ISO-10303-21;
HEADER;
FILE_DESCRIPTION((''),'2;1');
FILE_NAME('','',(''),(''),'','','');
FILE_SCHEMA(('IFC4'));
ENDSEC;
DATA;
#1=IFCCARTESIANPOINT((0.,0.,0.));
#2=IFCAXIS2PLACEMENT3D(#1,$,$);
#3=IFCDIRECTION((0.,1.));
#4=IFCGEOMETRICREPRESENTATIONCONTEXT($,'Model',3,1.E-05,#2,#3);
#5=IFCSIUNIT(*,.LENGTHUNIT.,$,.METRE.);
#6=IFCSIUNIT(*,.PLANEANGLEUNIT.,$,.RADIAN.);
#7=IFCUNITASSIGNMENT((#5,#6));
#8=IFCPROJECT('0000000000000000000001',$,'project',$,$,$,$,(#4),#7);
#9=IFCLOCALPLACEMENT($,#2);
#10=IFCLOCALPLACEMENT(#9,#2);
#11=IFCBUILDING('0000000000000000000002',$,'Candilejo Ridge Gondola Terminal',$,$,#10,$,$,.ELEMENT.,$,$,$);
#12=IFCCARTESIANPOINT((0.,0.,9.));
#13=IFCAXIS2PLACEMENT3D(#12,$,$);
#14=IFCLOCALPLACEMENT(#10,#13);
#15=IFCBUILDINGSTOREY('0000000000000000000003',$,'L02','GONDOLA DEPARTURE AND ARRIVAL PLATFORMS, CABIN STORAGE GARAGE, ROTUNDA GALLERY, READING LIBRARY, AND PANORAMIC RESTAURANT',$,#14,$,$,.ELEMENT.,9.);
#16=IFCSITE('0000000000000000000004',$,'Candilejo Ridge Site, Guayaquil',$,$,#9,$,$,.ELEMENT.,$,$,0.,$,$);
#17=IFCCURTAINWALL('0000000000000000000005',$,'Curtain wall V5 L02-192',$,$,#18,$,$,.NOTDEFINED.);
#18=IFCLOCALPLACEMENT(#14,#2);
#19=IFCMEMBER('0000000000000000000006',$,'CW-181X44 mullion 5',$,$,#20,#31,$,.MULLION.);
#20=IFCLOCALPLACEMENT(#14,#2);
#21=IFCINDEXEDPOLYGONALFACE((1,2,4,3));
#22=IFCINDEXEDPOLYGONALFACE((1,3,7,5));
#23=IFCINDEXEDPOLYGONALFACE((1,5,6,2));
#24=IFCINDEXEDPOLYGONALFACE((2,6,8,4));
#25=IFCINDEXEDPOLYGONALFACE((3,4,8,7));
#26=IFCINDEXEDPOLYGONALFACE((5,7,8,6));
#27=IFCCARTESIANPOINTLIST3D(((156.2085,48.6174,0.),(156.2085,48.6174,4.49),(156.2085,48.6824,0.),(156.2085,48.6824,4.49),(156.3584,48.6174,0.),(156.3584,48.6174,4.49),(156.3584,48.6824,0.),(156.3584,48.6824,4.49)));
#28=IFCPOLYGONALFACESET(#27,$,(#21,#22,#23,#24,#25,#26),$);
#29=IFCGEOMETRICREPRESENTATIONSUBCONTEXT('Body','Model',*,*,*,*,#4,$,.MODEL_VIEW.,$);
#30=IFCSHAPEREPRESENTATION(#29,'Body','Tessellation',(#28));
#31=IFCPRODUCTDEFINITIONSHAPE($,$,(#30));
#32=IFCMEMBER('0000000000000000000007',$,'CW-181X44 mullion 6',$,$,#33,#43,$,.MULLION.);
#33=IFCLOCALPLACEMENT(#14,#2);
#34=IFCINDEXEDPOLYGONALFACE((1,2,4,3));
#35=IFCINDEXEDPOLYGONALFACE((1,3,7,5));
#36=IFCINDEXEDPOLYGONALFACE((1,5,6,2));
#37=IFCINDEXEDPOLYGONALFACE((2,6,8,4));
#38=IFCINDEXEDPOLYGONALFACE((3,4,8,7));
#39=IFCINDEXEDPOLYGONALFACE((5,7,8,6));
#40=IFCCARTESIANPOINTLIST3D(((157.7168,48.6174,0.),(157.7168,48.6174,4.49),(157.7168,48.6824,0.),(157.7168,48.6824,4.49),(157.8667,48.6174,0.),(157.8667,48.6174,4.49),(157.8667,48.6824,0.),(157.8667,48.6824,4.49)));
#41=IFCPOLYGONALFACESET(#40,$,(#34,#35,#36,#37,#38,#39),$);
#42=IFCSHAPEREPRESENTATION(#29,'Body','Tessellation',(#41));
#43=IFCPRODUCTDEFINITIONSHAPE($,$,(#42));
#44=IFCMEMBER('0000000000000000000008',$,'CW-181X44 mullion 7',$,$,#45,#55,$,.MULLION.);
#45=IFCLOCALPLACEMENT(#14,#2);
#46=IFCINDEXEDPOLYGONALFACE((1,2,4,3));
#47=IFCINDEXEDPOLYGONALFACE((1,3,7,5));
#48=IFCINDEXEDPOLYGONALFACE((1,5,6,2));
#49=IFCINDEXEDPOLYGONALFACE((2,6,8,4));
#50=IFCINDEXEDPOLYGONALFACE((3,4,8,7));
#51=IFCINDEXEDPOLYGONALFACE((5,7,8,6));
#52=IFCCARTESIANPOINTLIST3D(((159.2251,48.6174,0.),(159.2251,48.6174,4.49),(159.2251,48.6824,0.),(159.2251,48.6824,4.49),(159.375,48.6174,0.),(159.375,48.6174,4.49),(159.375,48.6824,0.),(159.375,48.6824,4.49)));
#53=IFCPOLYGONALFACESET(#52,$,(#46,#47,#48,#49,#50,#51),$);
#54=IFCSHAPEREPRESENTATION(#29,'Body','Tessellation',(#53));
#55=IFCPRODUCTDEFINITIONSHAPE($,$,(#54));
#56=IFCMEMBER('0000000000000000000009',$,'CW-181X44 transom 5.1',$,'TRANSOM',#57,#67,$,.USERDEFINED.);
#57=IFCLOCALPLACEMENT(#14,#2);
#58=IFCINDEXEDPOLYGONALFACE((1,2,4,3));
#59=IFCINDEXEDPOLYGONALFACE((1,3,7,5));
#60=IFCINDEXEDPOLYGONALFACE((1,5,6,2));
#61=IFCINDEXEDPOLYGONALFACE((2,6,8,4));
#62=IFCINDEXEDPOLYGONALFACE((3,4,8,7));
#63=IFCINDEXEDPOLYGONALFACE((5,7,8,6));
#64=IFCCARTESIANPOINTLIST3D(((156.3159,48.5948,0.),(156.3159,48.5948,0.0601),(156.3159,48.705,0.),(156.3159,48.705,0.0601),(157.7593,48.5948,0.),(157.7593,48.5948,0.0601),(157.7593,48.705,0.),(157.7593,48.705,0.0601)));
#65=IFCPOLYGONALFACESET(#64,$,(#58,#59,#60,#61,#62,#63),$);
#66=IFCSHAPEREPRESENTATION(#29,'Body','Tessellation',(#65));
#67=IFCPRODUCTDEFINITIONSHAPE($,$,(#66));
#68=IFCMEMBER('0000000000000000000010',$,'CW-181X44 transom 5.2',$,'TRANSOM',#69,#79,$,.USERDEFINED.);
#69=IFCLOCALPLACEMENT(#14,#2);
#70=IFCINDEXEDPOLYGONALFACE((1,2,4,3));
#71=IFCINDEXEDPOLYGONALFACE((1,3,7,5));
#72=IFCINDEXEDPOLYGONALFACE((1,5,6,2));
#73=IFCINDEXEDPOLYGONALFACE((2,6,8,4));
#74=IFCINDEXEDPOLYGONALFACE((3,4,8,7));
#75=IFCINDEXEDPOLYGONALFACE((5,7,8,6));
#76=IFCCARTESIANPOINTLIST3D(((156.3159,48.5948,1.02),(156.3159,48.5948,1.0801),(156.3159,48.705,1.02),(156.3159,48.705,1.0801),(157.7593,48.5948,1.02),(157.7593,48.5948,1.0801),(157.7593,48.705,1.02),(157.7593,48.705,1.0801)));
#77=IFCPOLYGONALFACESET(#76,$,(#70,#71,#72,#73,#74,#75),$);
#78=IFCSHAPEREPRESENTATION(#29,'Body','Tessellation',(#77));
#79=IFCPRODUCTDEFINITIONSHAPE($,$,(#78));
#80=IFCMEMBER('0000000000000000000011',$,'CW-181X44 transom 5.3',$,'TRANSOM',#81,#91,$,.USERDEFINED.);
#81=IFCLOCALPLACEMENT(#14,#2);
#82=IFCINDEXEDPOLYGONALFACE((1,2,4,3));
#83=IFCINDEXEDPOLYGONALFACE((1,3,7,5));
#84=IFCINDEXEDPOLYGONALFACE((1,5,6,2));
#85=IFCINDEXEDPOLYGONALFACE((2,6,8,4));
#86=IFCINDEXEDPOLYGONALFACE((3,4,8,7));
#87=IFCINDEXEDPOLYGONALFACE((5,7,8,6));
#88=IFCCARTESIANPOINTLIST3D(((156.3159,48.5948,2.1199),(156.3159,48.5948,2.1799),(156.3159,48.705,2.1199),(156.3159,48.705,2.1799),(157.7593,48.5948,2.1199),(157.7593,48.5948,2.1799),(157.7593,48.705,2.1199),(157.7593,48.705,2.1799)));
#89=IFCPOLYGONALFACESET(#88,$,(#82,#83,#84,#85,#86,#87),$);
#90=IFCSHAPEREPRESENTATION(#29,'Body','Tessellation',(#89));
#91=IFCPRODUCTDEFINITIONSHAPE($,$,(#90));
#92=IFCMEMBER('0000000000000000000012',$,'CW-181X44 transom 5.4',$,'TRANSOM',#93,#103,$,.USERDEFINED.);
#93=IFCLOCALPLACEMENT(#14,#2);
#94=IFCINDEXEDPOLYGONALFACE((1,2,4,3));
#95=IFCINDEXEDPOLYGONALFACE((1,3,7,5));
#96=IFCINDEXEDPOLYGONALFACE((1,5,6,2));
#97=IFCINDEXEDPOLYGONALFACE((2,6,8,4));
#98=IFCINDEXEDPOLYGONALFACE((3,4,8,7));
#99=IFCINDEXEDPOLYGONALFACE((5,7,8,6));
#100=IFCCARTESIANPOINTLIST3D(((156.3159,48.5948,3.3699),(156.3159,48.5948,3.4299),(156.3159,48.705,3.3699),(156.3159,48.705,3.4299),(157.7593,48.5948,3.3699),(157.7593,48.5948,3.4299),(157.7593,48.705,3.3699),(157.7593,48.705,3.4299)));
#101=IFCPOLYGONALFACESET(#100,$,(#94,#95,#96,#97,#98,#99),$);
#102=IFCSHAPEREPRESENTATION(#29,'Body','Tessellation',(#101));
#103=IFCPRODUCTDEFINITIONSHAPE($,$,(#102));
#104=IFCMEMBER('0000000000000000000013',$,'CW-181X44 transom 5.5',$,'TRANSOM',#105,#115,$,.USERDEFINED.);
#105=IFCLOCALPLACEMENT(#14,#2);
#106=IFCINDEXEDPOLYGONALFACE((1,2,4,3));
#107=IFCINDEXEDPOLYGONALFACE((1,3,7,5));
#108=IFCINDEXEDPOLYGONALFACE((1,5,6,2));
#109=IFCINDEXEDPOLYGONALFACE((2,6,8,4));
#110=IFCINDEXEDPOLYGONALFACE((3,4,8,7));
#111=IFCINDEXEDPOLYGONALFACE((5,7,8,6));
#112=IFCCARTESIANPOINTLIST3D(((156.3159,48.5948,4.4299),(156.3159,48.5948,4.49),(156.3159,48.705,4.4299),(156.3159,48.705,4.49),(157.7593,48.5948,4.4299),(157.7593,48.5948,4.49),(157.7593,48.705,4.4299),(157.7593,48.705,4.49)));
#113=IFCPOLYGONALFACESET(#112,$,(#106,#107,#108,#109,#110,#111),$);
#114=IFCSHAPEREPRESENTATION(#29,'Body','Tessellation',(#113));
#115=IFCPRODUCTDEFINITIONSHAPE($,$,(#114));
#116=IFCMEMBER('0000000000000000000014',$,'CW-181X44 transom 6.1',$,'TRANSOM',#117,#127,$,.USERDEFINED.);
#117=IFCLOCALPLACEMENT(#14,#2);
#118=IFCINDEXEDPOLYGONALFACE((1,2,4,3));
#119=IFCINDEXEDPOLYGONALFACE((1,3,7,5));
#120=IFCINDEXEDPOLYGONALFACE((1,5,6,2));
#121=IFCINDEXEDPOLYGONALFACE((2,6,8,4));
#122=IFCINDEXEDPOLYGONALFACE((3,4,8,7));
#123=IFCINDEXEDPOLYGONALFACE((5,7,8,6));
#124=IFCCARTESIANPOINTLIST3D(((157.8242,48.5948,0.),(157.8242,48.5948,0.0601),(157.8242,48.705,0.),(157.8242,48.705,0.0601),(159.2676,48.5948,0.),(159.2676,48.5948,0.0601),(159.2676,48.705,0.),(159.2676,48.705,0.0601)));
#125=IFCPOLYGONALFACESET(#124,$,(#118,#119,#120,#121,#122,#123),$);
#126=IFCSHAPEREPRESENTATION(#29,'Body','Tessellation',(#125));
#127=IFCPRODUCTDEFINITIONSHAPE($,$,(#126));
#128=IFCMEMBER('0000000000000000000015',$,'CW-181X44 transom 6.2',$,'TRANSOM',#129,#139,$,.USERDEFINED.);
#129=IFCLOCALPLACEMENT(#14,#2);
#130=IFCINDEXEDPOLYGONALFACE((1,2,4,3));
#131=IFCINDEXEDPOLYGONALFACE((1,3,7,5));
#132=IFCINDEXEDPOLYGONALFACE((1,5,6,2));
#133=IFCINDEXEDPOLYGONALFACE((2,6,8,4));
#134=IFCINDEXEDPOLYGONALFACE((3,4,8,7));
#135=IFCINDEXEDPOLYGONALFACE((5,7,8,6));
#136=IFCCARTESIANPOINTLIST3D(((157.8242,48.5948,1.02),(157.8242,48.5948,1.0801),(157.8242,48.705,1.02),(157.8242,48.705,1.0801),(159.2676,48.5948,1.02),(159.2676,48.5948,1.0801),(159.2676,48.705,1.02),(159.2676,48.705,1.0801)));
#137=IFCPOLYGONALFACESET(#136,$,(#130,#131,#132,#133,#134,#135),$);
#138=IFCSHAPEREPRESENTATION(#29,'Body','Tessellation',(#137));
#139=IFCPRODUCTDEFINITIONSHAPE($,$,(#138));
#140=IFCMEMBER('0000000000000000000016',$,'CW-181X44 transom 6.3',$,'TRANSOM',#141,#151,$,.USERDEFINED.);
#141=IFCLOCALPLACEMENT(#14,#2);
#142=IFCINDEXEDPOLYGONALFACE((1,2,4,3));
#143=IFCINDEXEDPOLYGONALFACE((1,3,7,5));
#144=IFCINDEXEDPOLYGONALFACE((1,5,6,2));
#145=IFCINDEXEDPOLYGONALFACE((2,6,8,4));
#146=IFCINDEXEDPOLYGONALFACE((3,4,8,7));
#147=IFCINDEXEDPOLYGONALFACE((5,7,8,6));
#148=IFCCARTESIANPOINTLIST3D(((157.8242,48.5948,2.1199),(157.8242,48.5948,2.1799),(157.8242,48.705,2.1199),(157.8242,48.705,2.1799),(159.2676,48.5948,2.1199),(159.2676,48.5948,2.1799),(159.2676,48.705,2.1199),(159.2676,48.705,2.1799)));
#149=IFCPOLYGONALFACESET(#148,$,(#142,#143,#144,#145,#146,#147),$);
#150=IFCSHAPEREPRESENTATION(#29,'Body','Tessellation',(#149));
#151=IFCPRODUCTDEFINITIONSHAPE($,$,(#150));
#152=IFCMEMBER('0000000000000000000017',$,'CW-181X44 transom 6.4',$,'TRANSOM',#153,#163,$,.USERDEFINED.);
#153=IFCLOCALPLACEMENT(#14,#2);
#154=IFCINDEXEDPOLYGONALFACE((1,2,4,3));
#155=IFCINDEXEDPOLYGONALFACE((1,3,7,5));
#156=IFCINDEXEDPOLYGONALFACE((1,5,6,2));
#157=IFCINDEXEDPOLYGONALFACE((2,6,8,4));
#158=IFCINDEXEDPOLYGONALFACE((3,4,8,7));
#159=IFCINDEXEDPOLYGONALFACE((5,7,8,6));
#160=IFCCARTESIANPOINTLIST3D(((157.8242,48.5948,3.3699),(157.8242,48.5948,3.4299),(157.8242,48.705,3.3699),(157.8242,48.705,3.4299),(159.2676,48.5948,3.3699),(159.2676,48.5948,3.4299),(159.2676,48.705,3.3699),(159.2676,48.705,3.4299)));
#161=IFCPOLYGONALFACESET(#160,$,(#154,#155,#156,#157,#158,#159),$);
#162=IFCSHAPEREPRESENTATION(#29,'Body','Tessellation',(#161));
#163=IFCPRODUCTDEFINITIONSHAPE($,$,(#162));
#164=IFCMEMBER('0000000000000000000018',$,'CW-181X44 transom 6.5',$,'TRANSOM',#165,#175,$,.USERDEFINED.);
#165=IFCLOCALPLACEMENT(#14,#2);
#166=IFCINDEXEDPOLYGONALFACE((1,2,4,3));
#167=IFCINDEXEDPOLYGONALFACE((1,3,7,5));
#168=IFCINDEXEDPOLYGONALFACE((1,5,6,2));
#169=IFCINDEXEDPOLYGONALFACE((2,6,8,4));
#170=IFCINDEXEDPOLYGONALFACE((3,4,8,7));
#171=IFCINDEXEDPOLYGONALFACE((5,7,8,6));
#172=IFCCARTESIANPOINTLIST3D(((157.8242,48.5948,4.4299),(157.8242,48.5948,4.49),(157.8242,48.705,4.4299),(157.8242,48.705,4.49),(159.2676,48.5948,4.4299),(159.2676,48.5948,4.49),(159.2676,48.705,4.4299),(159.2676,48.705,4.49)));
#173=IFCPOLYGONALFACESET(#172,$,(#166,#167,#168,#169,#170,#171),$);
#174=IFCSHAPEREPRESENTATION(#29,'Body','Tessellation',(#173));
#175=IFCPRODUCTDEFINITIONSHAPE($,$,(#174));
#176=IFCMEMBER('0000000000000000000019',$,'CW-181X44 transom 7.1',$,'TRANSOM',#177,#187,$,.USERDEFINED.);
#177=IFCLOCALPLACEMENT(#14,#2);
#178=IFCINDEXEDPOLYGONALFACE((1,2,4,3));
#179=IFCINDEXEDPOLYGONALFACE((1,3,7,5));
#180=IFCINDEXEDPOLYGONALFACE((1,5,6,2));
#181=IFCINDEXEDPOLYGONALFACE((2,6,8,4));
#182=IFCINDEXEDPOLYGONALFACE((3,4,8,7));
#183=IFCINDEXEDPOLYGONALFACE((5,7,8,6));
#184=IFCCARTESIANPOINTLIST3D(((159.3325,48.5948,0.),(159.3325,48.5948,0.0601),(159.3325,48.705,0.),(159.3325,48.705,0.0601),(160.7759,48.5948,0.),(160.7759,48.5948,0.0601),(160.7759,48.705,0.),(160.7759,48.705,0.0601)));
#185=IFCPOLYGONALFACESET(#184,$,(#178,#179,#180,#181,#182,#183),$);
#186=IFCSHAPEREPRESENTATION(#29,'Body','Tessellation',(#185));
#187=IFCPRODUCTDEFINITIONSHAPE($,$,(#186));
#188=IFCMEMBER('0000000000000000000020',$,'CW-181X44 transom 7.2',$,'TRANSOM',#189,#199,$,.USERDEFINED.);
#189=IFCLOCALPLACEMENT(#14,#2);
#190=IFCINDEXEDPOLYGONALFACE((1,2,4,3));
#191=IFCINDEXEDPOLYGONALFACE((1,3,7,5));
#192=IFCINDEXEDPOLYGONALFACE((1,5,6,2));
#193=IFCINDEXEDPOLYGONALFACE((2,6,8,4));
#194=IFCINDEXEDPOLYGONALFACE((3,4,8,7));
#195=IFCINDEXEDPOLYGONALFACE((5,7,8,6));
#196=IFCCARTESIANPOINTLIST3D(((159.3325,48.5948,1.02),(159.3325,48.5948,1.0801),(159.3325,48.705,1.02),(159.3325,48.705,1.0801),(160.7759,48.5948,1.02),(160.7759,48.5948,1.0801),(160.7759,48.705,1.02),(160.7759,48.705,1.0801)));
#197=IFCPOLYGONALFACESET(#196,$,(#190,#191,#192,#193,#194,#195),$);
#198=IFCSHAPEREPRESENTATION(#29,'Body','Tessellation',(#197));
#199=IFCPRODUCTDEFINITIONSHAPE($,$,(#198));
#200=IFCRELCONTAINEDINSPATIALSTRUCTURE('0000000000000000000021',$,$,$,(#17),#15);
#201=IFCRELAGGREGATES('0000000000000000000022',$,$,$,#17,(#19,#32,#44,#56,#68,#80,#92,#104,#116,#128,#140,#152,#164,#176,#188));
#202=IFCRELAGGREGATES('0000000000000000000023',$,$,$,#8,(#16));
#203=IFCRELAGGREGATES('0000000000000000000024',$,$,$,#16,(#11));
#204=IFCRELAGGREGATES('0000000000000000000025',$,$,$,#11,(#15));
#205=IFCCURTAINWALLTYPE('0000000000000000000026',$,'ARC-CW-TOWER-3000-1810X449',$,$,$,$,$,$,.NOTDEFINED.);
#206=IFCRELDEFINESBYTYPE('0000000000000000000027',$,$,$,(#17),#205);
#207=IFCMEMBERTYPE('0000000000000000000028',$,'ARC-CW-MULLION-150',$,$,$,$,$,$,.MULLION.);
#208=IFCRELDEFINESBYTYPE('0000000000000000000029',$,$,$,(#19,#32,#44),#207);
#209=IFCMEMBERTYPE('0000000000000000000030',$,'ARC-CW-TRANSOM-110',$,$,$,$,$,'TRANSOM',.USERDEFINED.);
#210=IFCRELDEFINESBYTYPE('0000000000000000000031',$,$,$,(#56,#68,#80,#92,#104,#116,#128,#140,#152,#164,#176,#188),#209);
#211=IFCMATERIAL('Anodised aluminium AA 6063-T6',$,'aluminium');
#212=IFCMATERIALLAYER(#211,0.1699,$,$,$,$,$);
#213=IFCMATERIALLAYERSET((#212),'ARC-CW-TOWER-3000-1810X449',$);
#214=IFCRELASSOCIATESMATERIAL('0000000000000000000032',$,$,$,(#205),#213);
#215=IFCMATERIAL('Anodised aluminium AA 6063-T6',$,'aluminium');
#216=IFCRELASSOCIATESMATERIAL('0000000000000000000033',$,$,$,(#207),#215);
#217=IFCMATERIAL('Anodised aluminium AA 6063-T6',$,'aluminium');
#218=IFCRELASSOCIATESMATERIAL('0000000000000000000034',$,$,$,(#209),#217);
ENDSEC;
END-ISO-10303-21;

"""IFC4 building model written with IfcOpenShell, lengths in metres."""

from ifc_helpers import new_model, si_unit, direction, frame, origin, origin_2d, place, context, subcontext, project, spatial, rectangle, extrude, material, layer, layer_set, material_profile, profile_set, type_object, element, aggregate, save


model = new_model("IFC4")

# Units and contexts
model_context = context("Model", 3, precision=1e-05, world=origin(), true_north=direction((0.0, 1.0)))
body_context = subcontext(model_context, "Body", "Model", "MODEL_VIEW")
ifc_project = project(units=[si_unit("LENGTHUNIT", "METRE"), si_unit("PLANEANGLEUNIT", "RADIAN")], contexts=[model_context])

# Site, building, storey
site_placement = place(None, origin())
site = spatial("IfcSite", under=ifc_project, at=site_placement, Name="Candilejo Ridge Site, Guayaquil", CompositionType="ELEMENT", RefElevation=0.0)
building_placement = place(site_placement, origin())
building = spatial("IfcBuilding", under=site, at=building_placement, Name="Candilejo Ridge Gondola Terminal", CompositionType="ELEMENT")
storey_placement = place(building_placement, frame((0.0, 0.0, 9.0)))
storey = spatial("IfcBuildingStorey", under=building, at=storey_placement, Name="L02", Description="GONDOLA DEPARTURE AND ARRIVAL PLATFORMS, CABIN STORAGE GARAGE, ROTUNDA GALLERY, READING LIBRARY, AND PANORAMIC RESTAURANT", CompositionType="ELEMENT", Elevation=9.0)

# Curtain wall, members
ifc_material_1 = material(Name="Anodised aluminium AA 6063-T6", Category="aluminium")
ifc_layer_1 = layer(ifc_material_1, 0.1699)
ifc_layer_set_1 = layer_set([ifc_layer_1], Name="ARC-CW-TOWER-3000-1810X449")
curtain_wall_type = type_object("IfcCurtainWallType", Name="ARC-CW-TOWER-3000-1810X449", PredefinedType="NOTDEFINED", material=ifc_layer_set_1)
curtain_wall_placement = place(storey_placement, origin())
curtain_wall = element("IfcCurtainWall", 1, at=curtain_wall_placement, inside=storey, type_object=curtain_wall_type, Name="Curtain wall V5 L02-192", PredefinedType="NOTDEFINED")
ifc_material_2 = material(Name="Anodised aluminium AA 6063-T6", Category="aluminium")
ifc_material_profile_1 = material_profile(ifc_material_2, rectangle(XDim=0.0649, YDim=0.1499, at=origin_2d()))
ifc_profile_set_1 = profile_set([ifc_material_profile_1], Name="Anodised aluminium AA 6063-T6")
member_type_1 = type_object("IfcMemberType", Name="ARC-CW-MULLION-150", PredefinedType="MULLION", material=ifc_profile_set_1)
member_1_placement = place(storey_placement, frame((156.2834, 48.6499, 0.0), z_axis=(0.0, 0.0, 1.0), x_axis=(0.0, 1.0, 0.0)))
member_1 = element("IfcMember", 2, at=member_1_placement, type_object=member_type_1, Name="CW-181X44 mullion 5", PredefinedType="MULLION", context=body_context, shape_type="SweptSolid", body=[
    extrude(rectangle(XDim=0.0649, YDim=0.1499, at=origin_2d()), origin(), (0.0, 0.0, 1.0), 4.49),
])
member_2_placement = place(storey_placement, frame((157.7917, 48.6499, 0.0), z_axis=(0.0, 0.0, 1.0), x_axis=(0.0, 1.0, 0.0)))
member_2 = element("IfcMember", 3, at=member_2_placement, type_object=member_type_1, Name="CW-181X44 mullion 6", PredefinedType="MULLION", context=body_context, shape_type="SweptSolid", body=[
    extrude(rectangle(XDim=0.0649, YDim=0.1499, at=origin_2d()), origin(), (0.0, 0.0, 1.0), 4.49),
])
member_3_placement = place(storey_placement, frame((159.3, 48.6499, 0.0), z_axis=(0.0, 0.0, 1.0), x_axis=(0.0, 1.0, 0.0)))
member_3 = element("IfcMember", 4, at=member_3_placement, type_object=member_type_1, Name="CW-181X44 mullion 7", PredefinedType="MULLION", context=body_context, shape_type="SweptSolid", body=[
    extrude(rectangle(XDim=0.0649, YDim=0.1499, at=origin_2d()), origin(), (0.0, 0.0, 1.0), 4.49),
])
ifc_material_3 = material(Name="Anodised aluminium AA 6063-T6", Category="aluminium")
ifc_material_profile_2 = material_profile(ifc_material_3, rectangle(XDim=0.1101, YDim=0.0601, at=origin_2d()))
ifc_profile_set_2 = profile_set([ifc_material_profile_2], Name="Anodised aluminium AA 6063-T6")
member_type_2 = type_object("IfcMemberType", Name="ARC-CW-TRANSOM-110", ElementType="TRANSOM", PredefinedType="USERDEFINED", material=ifc_profile_set_2)
member_4_placement = place(storey_placement, frame((156.3159, 48.6499, 0.03), z_axis=(1.0, 0.0, 0.0), x_axis=(0.0, 1.0, 0.0)))
member_4 = element("IfcMember", 5, at=member_4_placement, type_object=member_type_2, Name="CW-181X44 transom 5.1", ObjectType="TRANSOM", PredefinedType="USERDEFINED", context=body_context, shape_type="SweptSolid", body=[
    extrude(rectangle(XDim=0.1101, YDim=0.0601, at=origin_2d()), origin(), (0.0, 0.0, 1.0), 1.4434),
])
member_5_placement = place(storey_placement, frame((156.3159, 48.6499, 1.05), z_axis=(1.0, 0.0, 0.0), x_axis=(0.0, 1.0, 0.0)))
member_5 = element("IfcMember", 6, at=member_5_placement, type_object=member_type_2, Name="CW-181X44 transom 5.2", ObjectType="TRANSOM", PredefinedType="USERDEFINED", context=body_context, shape_type="SweptSolid", body=[
    extrude(rectangle(XDim=0.1101, YDim=0.0601, at=origin_2d()), origin(), (0.0, 0.0, 1.0), 1.4434),
])
member_6_placement = place(storey_placement, frame((156.3159, 48.6499, 2.1499), z_axis=(1.0, 0.0, 0.0), x_axis=(0.0, 1.0, 0.0)))
member_6 = element("IfcMember", 7, at=member_6_placement, type_object=member_type_2, Name="CW-181X44 transom 5.3", ObjectType="TRANSOM", PredefinedType="USERDEFINED", context=body_context, shape_type="SweptSolid", body=[
    extrude(rectangle(XDim=0.1101, YDim=0.0601, at=origin_2d()), origin(), (0.0, 0.0, 1.0), 1.4434),
])
member_7_placement = place(storey_placement, frame((156.3159, 48.6499, 3.3999), z_axis=(1.0, 0.0, 0.0), x_axis=(0.0, 1.0, 0.0)))
member_7 = element("IfcMember", 8, at=member_7_placement, type_object=member_type_2, Name="CW-181X44 transom 5.4", ObjectType="TRANSOM", PredefinedType="USERDEFINED", context=body_context, shape_type="SweptSolid", body=[
    extrude(rectangle(XDim=0.1101, YDim=0.0601, at=origin_2d()), origin(), (0.0, 0.0, 1.0), 1.4434),
])
member_8_placement = place(storey_placement, frame((156.3159, 48.6499, 4.46), z_axis=(1.0, 0.0, 0.0), x_axis=(0.0, 1.0, 0.0)))
member_8 = element("IfcMember", 9, at=member_8_placement, type_object=member_type_2, Name="CW-181X44 transom 5.5", ObjectType="TRANSOM", PredefinedType="USERDEFINED", context=body_context, shape_type="SweptSolid", body=[
    extrude(rectangle(XDim=0.1101, YDim=0.0601, at=origin_2d()), origin(), (0.0, 0.0, 1.0), 1.4434),
])
member_9_placement = place(storey_placement, frame((157.8242, 48.6499, 0.03), z_axis=(1.0, 0.0, 0.0), x_axis=(0.0, 1.0, 0.0)))
member_9 = element("IfcMember", 10, at=member_9_placement, type_object=member_type_2, Name="CW-181X44 transom 6.1", ObjectType="TRANSOM", PredefinedType="USERDEFINED", context=body_context, shape_type="SweptSolid", body=[
    extrude(rectangle(XDim=0.1101, YDim=0.0601, at=origin_2d()), origin(), (0.0, 0.0, 1.0), 1.4434),
])
member_10_placement = place(storey_placement, frame((157.8242, 48.6499, 1.05), z_axis=(1.0, 0.0, 0.0), x_axis=(0.0, 1.0, 0.0)))
member_10 = element("IfcMember", 11, at=member_10_placement, type_object=member_type_2, Name="CW-181X44 transom 6.2", ObjectType="TRANSOM", PredefinedType="USERDEFINED", context=body_context, shape_type="SweptSolid", body=[
    extrude(rectangle(XDim=0.1101, YDim=0.0601, at=origin_2d()), origin(), (0.0, 0.0, 1.0), 1.4434),
])
member_11_placement = place(storey_placement, frame((157.8242, 48.6499, 2.1499), z_axis=(1.0, 0.0, 0.0), x_axis=(0.0, 1.0, 0.0)))
member_11 = element("IfcMember", 12, at=member_11_placement, type_object=member_type_2, Name="CW-181X44 transom 6.3", ObjectType="TRANSOM", PredefinedType="USERDEFINED", context=body_context, shape_type="SweptSolid", body=[
    extrude(rectangle(XDim=0.1101, YDim=0.0601, at=origin_2d()), origin(), (0.0, 0.0, 1.0), 1.4434),
])
member_12_placement = place(storey_placement, frame((157.8242, 48.6499, 3.3999), z_axis=(1.0, 0.0, 0.0), x_axis=(0.0, 1.0, 0.0)))
member_12 = element("IfcMember", 13, at=member_12_placement, type_object=member_type_2, Name="CW-181X44 transom 6.4", ObjectType="TRANSOM", PredefinedType="USERDEFINED", context=body_context, shape_type="SweptSolid", body=[
    extrude(rectangle(XDim=0.1101, YDim=0.0601, at=origin_2d()), origin(), (0.0, 0.0, 1.0), 1.4434),
])
member_13_placement = place(storey_placement, frame((157.8242, 48.6499, 4.46), z_axis=(1.0, 0.0, 0.0), x_axis=(0.0, 1.0, 0.0)))
member_13 = element("IfcMember", 14, at=member_13_placement, type_object=member_type_2, Name="CW-181X44 transom 6.5", ObjectType="TRANSOM", PredefinedType="USERDEFINED", context=body_context, shape_type="SweptSolid", body=[
    extrude(rectangle(XDim=0.1101, YDim=0.0601, at=origin_2d()), origin(), (0.0, 0.0, 1.0), 1.4434),
])
member_14_placement = place(storey_placement, frame((159.3325, 48.6499, 0.03), z_axis=(1.0, 0.0, 0.0), x_axis=(0.0, 1.0, 0.0)))
member_14 = element("IfcMember", 15, at=member_14_placement, type_object=member_type_2, Name="CW-181X44 transom 7.1", ObjectType="TRANSOM", PredefinedType="USERDEFINED", context=body_context, shape_type="SweptSolid", body=[
    extrude(rectangle(XDim=0.1101, YDim=0.0601, at=origin_2d()), origin(), (0.0, 0.0, 1.0), 1.4434),
])
member_15_placement = place(storey_placement, frame((159.3325, 48.6499, 1.05), z_axis=(1.0, 0.0, 0.0), x_axis=(0.0, 1.0, 0.0)))
member_15 = element("IfcMember", 16, at=member_15_placement, type_object=member_type_2, Name="CW-181X44 transom 7.2", ObjectType="TRANSOM", PredefinedType="USERDEFINED", context=body_context, shape_type="SweptSolid", body=[
    extrude(rectangle(XDim=0.1101, YDim=0.0601, at=origin_2d()), origin(), (0.0, 0.0, 1.0), 1.4434),
])

aggregate(curtain_wall, [member_1, member_2, member_3, member_4, member_5, member_6, member_7, member_8, member_9, member_10, member_11, member_12, member_13, member_14, member_15])

save(model, "model.ifc")
